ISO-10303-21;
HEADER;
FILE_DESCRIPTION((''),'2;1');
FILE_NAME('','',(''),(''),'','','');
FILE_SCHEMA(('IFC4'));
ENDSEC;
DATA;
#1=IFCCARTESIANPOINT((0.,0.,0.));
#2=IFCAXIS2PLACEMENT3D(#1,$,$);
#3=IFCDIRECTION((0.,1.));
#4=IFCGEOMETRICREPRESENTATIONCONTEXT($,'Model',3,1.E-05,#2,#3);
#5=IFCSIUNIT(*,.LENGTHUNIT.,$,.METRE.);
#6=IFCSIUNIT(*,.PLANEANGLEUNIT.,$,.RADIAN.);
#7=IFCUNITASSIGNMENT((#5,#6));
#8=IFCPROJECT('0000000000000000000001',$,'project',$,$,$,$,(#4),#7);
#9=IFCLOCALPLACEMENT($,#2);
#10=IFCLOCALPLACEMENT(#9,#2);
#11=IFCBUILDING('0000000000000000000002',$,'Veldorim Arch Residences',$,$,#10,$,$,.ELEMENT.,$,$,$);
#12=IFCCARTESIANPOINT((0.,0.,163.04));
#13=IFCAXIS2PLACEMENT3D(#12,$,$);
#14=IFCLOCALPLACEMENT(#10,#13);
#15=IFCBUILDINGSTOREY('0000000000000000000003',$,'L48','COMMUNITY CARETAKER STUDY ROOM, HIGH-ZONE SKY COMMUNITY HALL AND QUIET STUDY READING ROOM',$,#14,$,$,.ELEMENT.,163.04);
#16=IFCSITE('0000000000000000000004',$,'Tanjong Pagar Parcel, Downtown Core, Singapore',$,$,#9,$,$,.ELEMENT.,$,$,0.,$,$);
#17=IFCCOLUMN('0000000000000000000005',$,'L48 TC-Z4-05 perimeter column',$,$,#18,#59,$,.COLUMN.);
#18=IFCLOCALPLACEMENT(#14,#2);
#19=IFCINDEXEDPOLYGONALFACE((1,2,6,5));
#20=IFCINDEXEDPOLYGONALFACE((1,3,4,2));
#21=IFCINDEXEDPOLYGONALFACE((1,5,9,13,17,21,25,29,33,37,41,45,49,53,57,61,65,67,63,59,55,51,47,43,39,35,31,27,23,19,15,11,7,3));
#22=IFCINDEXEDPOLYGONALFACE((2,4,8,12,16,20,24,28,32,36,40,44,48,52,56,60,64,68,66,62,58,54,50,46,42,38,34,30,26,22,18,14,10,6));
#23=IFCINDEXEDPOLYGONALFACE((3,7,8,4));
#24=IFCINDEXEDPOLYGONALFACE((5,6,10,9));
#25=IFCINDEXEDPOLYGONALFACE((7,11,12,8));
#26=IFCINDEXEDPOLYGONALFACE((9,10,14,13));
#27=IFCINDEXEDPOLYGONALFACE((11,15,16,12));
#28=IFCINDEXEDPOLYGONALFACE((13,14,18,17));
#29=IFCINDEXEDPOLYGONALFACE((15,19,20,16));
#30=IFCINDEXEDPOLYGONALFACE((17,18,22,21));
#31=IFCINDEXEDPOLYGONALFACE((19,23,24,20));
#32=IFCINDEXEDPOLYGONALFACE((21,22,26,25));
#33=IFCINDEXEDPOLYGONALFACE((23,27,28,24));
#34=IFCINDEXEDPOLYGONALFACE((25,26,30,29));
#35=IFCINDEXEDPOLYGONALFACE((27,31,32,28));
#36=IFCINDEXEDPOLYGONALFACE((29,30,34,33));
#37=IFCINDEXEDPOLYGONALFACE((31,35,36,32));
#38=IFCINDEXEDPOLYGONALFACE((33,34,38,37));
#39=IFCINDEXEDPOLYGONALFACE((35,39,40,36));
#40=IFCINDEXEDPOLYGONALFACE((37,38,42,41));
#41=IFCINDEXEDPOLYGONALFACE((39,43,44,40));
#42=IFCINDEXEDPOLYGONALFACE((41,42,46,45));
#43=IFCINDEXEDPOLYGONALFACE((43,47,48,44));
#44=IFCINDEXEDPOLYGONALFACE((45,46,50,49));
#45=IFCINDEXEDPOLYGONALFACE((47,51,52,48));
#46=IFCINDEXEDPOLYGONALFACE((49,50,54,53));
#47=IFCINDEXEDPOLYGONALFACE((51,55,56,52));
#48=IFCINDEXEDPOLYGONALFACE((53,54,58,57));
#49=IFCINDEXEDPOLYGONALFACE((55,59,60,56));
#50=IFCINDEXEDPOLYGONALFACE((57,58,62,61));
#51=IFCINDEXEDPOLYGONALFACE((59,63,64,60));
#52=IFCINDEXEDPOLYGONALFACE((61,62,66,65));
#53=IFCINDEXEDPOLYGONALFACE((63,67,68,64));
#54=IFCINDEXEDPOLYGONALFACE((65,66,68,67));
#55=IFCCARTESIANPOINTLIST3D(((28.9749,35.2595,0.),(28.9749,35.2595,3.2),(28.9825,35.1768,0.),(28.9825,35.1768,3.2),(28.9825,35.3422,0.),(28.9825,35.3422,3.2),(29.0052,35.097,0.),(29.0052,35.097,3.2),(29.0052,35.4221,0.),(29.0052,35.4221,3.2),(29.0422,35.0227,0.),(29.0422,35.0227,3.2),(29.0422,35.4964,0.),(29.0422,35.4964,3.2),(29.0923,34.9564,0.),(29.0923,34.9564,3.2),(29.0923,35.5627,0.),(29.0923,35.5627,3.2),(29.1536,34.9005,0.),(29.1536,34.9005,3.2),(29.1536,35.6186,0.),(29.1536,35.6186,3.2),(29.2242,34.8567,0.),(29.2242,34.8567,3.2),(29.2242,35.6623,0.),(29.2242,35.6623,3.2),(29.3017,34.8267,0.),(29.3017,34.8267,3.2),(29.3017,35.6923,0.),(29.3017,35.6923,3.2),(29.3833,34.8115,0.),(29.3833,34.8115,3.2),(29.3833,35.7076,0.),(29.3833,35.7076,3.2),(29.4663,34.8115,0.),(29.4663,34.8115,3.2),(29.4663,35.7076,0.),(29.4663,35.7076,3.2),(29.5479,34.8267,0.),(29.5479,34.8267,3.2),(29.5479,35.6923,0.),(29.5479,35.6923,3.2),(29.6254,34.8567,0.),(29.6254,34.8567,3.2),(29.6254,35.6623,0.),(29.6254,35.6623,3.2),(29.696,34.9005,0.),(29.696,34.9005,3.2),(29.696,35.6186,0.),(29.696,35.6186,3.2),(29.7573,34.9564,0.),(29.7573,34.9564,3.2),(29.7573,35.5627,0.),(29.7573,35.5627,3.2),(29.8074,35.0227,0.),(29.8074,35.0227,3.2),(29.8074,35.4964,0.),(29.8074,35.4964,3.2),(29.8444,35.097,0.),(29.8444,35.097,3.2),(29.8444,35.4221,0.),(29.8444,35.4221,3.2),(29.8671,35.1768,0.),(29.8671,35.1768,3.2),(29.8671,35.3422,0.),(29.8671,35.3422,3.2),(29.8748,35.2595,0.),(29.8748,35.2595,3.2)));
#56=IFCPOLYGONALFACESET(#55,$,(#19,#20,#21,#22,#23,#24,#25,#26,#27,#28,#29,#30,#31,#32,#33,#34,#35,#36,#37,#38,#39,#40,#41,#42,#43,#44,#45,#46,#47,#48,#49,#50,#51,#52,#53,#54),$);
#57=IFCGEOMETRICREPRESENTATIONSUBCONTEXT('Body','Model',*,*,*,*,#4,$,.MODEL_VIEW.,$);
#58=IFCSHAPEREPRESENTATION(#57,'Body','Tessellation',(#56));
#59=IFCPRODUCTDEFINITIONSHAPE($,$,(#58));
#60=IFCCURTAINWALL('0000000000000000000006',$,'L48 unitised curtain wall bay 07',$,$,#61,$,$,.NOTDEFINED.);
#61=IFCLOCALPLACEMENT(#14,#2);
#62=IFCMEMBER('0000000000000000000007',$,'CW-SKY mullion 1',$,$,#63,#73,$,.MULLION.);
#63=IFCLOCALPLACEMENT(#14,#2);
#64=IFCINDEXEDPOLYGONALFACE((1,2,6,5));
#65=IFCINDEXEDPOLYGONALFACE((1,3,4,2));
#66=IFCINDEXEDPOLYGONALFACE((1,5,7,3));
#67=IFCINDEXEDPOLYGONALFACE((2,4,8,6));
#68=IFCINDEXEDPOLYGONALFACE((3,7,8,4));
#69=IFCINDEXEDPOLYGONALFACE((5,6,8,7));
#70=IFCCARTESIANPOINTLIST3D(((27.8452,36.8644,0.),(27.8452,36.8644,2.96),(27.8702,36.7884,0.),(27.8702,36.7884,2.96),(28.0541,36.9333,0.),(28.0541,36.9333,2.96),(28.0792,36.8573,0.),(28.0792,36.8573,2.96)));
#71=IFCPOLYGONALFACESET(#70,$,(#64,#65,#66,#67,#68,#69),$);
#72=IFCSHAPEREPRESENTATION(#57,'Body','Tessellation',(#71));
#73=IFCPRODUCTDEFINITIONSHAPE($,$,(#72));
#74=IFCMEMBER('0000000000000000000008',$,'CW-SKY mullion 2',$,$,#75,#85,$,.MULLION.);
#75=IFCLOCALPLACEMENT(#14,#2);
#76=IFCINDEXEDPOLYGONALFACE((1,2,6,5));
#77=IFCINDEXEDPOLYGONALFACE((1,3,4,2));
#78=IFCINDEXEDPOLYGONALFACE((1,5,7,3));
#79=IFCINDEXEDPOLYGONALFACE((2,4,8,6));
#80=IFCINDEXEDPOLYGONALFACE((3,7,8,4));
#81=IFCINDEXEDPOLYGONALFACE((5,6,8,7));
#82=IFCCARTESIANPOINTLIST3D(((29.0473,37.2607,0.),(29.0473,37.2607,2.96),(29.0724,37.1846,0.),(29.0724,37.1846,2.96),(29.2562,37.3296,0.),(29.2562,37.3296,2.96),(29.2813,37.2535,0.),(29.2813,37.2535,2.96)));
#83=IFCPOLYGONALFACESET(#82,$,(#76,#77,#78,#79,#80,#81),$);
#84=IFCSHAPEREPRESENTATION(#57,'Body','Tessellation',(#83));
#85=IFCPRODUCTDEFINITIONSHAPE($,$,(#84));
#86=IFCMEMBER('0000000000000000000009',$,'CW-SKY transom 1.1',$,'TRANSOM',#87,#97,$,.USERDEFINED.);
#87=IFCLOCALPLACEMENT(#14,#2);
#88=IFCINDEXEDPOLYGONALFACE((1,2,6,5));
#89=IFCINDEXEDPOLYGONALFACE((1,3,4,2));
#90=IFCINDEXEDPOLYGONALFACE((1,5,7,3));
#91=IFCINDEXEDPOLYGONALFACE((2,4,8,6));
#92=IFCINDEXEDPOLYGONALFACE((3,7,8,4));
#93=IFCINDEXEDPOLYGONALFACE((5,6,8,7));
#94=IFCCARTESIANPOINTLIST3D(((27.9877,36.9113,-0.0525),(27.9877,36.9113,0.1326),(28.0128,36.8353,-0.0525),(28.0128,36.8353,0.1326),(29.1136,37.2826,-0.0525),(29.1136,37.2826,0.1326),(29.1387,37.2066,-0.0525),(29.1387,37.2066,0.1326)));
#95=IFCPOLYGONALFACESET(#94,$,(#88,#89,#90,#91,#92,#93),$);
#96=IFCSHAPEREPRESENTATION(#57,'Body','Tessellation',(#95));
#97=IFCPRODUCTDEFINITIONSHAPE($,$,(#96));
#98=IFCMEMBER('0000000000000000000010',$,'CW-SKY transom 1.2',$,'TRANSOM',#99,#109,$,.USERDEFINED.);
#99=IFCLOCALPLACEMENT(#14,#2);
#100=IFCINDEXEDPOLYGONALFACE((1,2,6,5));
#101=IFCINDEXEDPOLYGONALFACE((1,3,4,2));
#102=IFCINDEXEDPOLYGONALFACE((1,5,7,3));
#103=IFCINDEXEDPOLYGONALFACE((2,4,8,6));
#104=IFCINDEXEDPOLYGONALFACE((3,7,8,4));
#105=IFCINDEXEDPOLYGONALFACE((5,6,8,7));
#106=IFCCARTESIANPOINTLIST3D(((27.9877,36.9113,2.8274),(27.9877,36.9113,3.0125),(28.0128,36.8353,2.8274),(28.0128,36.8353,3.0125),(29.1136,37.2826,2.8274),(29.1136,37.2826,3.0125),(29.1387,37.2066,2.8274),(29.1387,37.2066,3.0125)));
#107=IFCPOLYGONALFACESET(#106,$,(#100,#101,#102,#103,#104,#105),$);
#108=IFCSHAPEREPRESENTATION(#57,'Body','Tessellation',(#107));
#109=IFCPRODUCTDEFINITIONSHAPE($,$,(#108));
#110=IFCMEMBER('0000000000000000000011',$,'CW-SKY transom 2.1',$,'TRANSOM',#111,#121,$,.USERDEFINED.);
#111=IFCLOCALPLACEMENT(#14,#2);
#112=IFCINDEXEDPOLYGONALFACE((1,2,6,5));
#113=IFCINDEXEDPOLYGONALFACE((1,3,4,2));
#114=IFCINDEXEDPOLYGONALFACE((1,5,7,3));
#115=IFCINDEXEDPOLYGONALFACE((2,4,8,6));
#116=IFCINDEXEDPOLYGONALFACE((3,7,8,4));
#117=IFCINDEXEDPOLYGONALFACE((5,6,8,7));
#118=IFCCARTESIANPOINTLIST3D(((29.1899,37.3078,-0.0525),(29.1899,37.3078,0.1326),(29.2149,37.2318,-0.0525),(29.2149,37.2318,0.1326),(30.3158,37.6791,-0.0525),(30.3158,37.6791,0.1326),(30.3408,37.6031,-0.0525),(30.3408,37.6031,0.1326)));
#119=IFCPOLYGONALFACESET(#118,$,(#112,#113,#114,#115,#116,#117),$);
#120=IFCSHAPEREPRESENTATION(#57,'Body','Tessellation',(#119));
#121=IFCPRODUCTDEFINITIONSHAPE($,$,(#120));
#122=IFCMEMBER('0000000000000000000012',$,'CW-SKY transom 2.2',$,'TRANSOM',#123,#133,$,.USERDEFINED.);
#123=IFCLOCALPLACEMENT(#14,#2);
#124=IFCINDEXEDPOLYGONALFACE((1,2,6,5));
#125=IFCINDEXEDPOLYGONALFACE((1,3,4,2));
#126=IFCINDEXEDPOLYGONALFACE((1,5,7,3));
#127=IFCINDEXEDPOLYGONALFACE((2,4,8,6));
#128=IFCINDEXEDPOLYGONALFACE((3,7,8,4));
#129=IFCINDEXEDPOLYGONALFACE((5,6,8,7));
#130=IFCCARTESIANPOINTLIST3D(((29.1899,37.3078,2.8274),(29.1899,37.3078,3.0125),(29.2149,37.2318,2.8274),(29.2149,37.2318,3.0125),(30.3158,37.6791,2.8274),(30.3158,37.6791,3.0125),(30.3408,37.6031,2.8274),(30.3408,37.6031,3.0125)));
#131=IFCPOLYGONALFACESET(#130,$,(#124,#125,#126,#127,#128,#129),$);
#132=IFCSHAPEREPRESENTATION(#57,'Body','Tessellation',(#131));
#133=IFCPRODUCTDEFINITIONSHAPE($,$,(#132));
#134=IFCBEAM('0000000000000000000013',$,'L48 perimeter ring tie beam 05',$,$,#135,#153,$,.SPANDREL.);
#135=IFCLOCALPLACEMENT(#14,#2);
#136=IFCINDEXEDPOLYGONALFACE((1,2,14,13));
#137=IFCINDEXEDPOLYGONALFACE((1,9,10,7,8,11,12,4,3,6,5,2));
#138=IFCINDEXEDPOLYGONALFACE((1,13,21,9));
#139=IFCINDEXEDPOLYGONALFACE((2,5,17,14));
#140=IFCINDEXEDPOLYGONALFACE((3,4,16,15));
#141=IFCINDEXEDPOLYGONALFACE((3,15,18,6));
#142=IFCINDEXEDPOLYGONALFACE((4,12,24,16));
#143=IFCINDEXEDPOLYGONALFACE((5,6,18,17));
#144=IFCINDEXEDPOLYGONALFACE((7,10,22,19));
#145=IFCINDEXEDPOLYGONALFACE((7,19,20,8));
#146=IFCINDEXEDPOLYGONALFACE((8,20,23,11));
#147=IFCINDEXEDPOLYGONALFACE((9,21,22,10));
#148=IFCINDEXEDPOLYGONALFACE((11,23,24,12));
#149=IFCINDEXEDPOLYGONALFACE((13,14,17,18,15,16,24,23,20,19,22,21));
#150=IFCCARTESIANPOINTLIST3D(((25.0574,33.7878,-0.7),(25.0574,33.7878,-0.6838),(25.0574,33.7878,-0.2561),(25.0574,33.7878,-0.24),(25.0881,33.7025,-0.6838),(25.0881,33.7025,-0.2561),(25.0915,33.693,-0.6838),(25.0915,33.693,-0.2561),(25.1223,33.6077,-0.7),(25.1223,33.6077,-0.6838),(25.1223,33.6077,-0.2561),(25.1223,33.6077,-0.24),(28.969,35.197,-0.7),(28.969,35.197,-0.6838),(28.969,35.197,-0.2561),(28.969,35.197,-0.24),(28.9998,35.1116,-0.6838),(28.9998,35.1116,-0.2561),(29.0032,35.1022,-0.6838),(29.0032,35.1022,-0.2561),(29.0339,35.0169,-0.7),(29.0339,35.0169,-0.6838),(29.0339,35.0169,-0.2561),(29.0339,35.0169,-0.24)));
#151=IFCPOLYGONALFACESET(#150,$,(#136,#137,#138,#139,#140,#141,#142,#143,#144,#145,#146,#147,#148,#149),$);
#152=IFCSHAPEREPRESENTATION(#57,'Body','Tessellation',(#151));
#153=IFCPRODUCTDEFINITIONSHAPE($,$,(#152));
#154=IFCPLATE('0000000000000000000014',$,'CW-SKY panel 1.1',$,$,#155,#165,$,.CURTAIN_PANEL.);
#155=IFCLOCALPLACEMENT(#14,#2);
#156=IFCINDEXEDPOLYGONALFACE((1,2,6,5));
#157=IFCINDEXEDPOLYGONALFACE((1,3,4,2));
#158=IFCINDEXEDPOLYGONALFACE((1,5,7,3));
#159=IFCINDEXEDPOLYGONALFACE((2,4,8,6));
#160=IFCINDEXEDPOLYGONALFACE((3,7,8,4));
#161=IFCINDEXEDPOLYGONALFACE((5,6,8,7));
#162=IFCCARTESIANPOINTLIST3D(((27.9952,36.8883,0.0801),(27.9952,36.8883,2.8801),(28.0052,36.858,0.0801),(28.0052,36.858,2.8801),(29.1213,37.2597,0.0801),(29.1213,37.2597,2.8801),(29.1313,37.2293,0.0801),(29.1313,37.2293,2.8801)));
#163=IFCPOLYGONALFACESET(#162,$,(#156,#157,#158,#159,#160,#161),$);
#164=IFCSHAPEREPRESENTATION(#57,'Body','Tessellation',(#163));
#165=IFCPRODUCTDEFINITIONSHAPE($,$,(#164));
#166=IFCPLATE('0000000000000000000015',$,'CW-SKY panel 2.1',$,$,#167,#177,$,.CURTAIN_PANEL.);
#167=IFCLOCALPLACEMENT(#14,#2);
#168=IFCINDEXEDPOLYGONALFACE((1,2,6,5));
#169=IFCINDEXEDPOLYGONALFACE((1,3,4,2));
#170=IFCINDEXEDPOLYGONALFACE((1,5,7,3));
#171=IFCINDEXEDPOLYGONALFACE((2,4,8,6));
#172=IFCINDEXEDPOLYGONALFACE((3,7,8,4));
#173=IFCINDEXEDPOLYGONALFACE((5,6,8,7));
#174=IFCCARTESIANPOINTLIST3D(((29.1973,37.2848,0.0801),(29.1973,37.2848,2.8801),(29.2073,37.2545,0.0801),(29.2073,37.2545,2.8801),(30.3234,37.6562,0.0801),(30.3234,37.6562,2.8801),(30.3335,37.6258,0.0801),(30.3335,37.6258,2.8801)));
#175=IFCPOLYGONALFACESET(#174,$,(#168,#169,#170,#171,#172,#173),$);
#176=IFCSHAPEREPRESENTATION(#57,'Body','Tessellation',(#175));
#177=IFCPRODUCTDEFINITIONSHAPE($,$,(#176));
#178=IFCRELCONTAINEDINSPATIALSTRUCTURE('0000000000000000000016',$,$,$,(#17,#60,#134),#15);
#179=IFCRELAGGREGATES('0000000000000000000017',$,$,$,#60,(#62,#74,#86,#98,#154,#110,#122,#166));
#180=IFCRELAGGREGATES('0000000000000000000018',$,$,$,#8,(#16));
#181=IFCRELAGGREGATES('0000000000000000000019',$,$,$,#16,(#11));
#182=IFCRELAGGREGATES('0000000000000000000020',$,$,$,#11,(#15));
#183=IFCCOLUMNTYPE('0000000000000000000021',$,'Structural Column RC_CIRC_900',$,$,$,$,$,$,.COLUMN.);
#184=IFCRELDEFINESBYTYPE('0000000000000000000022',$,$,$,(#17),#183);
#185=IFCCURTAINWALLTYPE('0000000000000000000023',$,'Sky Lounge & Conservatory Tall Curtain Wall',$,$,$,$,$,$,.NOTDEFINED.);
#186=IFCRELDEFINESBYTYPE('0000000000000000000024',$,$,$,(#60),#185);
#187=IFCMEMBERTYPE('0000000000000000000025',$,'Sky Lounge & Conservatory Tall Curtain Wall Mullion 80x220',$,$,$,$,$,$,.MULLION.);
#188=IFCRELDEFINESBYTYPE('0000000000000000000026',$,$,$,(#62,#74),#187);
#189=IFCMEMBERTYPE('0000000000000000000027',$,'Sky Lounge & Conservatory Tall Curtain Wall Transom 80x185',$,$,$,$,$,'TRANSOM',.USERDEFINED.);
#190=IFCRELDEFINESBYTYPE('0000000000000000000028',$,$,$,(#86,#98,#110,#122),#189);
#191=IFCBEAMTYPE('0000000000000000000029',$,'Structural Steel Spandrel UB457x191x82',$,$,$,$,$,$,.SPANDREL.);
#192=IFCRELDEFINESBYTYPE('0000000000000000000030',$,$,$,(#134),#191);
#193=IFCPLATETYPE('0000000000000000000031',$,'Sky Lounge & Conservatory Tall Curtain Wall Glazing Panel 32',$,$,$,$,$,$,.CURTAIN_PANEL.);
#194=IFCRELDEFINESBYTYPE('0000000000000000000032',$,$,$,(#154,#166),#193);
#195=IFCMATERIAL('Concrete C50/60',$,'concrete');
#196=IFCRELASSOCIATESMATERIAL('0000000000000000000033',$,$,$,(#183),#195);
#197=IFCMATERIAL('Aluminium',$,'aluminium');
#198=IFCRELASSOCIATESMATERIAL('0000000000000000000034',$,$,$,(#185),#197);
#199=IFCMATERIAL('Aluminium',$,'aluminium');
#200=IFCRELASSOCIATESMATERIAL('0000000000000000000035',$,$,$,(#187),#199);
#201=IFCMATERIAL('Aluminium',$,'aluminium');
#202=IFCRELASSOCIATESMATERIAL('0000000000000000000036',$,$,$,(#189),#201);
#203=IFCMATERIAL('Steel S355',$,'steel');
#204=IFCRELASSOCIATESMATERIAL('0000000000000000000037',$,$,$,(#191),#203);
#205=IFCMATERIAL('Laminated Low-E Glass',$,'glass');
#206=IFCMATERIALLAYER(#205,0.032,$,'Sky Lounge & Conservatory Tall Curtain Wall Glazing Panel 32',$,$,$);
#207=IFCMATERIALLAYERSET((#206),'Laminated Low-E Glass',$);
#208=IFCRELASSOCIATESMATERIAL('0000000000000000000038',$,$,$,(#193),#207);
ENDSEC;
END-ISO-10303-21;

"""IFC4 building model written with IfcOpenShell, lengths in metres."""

from ifc_helpers import new_model, si_unit, direction, frame, origin, origin_2d, place, context, subcontext, project, spatial, rectangle, circle, i_section, extrude, material, layer, layer_set, material_profile, profile_set, type_object, element, aggregate, save


model = new_model("IFC4")

# Units and contexts
model_context = context("Model", 3, precision=1e-05, world=origin(), true_north=direction((0.0, 1.0)))
body_context = subcontext(model_context, "Body", "Model", "MODEL_VIEW")
ifc_project = project(units=[si_unit("LENGTHUNIT", "METRE"), si_unit("PLANEANGLEUNIT", "RADIAN")], contexts=[model_context])

# Site, building, storey
site_placement = place(None, origin())
site = spatial("IfcSite", under=ifc_project, at=site_placement, Name="Tanjong Pagar Parcel, Downtown Core, Singapore", CompositionType="ELEMENT", RefElevation=0.0)
building_placement = place(site_placement, origin())
building = spatial("IfcBuilding", under=site, at=building_placement, Name="Veldorim Arch Residences", CompositionType="ELEMENT")
storey_placement = place(building_placement, frame((0.0, 0.0, 163.04)))
storey = spatial("IfcBuildingStorey", under=building, at=storey_placement, Name="L48", Description="COMMUNITY CARETAKER STUDY ROOM, HIGH-ZONE SKY COMMUNITY HALL AND QUIET STUDY READING ROOM", CompositionType="ELEMENT", Elevation=163.04)

# Column
ifc_material_1 = material(Name="Concrete C50/60", Category="concrete")
ifc_material_profile_1 = material_profile(ifc_material_1, circle(Radius=0.45, at=origin_2d()), Name="RC_CIRC_900")
ifc_profile_set_1 = profile_set([ifc_material_profile_1], Name="Concrete C50/60")
column_type = type_object("IfcColumnType", Name="Structural Column RC_CIRC_900", PredefinedType="COLUMN", material=ifc_profile_set_1)
column_placement = place(storey_placement, frame((29.4248, 35.2595, 0.0), z_axis=(0.0, 0.0, 1.0), x_axis=(1.0, 0.0, 0.0)))
element("IfcColumn", 1, at=column_placement, inside=storey, type_object=column_type, Name="L48 TC-Z4-05 perimeter column", PredefinedType="COLUMN", context=body_context, shape_type="SweptSolid", body=[
    extrude(circle(Radius=0.45, at=origin_2d()), origin(), (0.0, 0.0, 1.0), 3.2),
])

# Curtain wall, members
ifc_material_2 = material(Name="Aluminium", Category="aluminium")
curtain_wall_type = type_object("IfcCurtainWallType", Name="Sky Lounge & Conservatory Tall Curtain Wall", PredefinedType="NOTDEFINED", material=ifc_material_2)
curtain_wall_placement = place(storey_placement, origin())
curtain_wall = element("IfcCurtainWall", 2, at=curtain_wall_placement, inside=storey, type_object=curtain_wall_type, Name="L48 unitised curtain wall bay 07", PredefinedType="NOTDEFINED")
ifc_material_3 = material(Name="Aluminium", Category="aluminium")
ifc_material_profile_2 = material_profile(ifc_material_3, rectangle(XDim=0.0801, YDim=0.22, at=origin_2d()), Name="ALU_MUL_80x220")
ifc_profile_set_2 = profile_set([ifc_material_profile_2], Name="Aluminium")
member_type_1 = type_object("IfcMemberType", Name="Sky Lounge & Conservatory Tall Curtain Wall Mullion 80x220", PredefinedType="MULLION", material=ifc_profile_set_2)
member_1_placement = place(storey_placement, frame((27.9622, 36.8608, 0.0), z_axis=(0.0, 0.0, 1.0), x_axis=(-0.313182, 0.949693, 0.0)))
member_1 = element("IfcMember", 3, at=member_1_placement, type_object=member_type_1, Name="CW-SKY mullion 1", PredefinedType="MULLION", context=body_context, shape_type="SweptSolid", body=[
    extrude(rectangle(XDim=0.0801, YDim=0.22, at=origin_2d()), origin(), (0.0, 0.0, 1.0), 2.96),
])
member_2_placement = place(storey_placement, frame((29.1643, 37.2571, 0.0), z_axis=(0.0, 0.0, 1.0), x_axis=(-0.313182, 0.949693, 0.0)))
member_2 = element("IfcMember", 4, at=member_2_placement, type_object=member_type_1, Name="CW-SKY mullion 2", PredefinedType="MULLION", context=body_context, shape_type="SweptSolid", body=[
    extrude(rectangle(XDim=0.0801, YDim=0.22, at=origin_2d()), origin(), (0.0, 0.0, 1.0), 2.96),
])
ifc_material_4 = material(Name="Aluminium", Category="aluminium")
ifc_material_profile_3 = material_profile(ifc_material_4, rectangle(XDim=0.0801, YDim=0.1851, at=origin_2d()), Name="ALU_TRN_80x185")
ifc_profile_set_3 = profile_set([ifc_material_profile_3], Name="Aluminium")
member_type_2 = type_object("IfcMemberType", Name="Sky Lounge & Conservatory Tall Curtain Wall Transom 80x185", ElementType="TRANSOM", PredefinedType="USERDEFINED", material=ifc_profile_set_3)
member_3_placement = place(storey_placement, frame((28.0002, 36.8733, 0.04), z_axis=(0.949687, 0.313199, 0.0), x_axis=(-0.313199, 0.949687, 0.0)))
member_3 = element("IfcMember", 5, at=member_3_placement, type_object=member_type_2, Name="CW-SKY transom 1.1", ObjectType="TRANSOM", PredefinedType="USERDEFINED", context=body_context, shape_type="SweptSolid", body=[
    extrude(rectangle(XDim=0.0801, YDim=0.1851, at=origin_2d()), origin(), (0.0, 0.0, 1.0), 1.1855),
])
member_4_placement = place(storey_placement, frame((28.0002, 36.8733, 2.9199), z_axis=(0.949687, 0.313199, 0.0), x_axis=(-0.313199, 0.949687, 0.0)))
member_4 = element("IfcMember", 6, at=member_4_placement, type_object=member_type_2, Name="CW-SKY transom 1.2", ObjectType="TRANSOM", PredefinedType="USERDEFINED", context=body_context, shape_type="SweptSolid", body=[
    extrude(rectangle(XDim=0.0801, YDim=0.1851, at=origin_2d()), origin(), (0.0, 0.0, 1.0), 1.1855),
])
member_5_placement = place(storey_placement, frame((29.2024, 37.2698, 0.04), z_axis=(0.949687, 0.313199, 0.0), x_axis=(-0.313199, 0.949687, 0.0)))
member_5 = element("IfcMember", 7, at=member_5_placement, type_object=member_type_2, Name="CW-SKY transom 2.1", ObjectType="TRANSOM", PredefinedType="USERDEFINED", context=body_context, shape_type="SweptSolid", body=[
    extrude(rectangle(XDim=0.0801, YDim=0.1851, at=origin_2d()), origin(), (0.0, 0.0, 1.0), 1.1855),
])
member_6_placement = place(storey_placement, frame((29.2024, 37.2698, 2.9199), z_axis=(0.949687, 0.313199, 0.0), x_axis=(-0.313199, 0.949687, 0.0)))
member_6 = element("IfcMember", 8, at=member_6_placement, type_object=member_type_2, Name="CW-SKY transom 2.2", ObjectType="TRANSOM", PredefinedType="USERDEFINED", context=body_context, shape_type="SweptSolid", body=[
    extrude(rectangle(XDim=0.0801, YDim=0.1851, at=origin_2d()), origin(), (0.0, 0.0, 1.0), 1.1855),
])

# Beam
ifc_material_5 = material(Name="Steel S355", Category="steel")
ifc_material_profile_4 = material_profile(ifc_material_5, i_section(OverallWidth=0.1914, OverallDepth=0.46, WebThickness=0.01, FlangeThickness=0.0161, at=origin_2d()), Name="UB457x191x82")
ifc_profile_set_4 = profile_set([ifc_material_profile_4], Name="Steel S355")
beam_type = type_object("IfcBeamType", Name="Structural Steel Spandrel UB457x191x82", PredefinedType="SPANDREL", material=ifc_profile_set_4)
beam_placement = place(storey_placement, frame((29.0015, 35.1069, -0.47), z_axis=(-0.940811, -0.338932, 0.0), x_axis=(0.338932, -0.940811, 0.0)))
element("IfcBeam", 9, at=beam_placement, inside=storey, type_object=beam_type, Name="L48 perimeter ring tie beam 05", PredefinedType="SPANDREL", context=body_context, shape_type="SweptSolid", body=[
    extrude(i_section(OverallWidth=0.1914, OverallDepth=0.46, WebThickness=0.01, FlangeThickness=0.0161, at=origin_2d()), origin(), (0.0, 0.0, 1.0), 4.1577),
])

# Plates
ifc_material_6 = material(Name="Laminated Low-E Glass", Category="glass")
ifc_layer_1 = layer(ifc_material_6, 0.032, Name="Sky Lounge & Conservatory Tall Curtain Wall Glazing Panel 32")
ifc_layer_set_1 = layer_set([ifc_layer_1], Name="Laminated Low-E Glass")
plate_type = type_object("IfcPlateType", Name="Sky Lounge & Conservatory Tall Curtain Wall Glazing Panel 32", PredefinedType="CURTAIN_PANEL", material=ifc_layer_set_1)
plate_1_placement = place(storey_placement, frame((28.5632, 37.0588, 0.0801), z_axis=(0.0, 0.0, 1.0), x_axis=(0.949693, 0.313182, 0.0)))
plate_1 = element("IfcPlate", 10, at=plate_1_placement, type_object=plate_type, Name="CW-SKY panel 1.1", PredefinedType="CURTAIN_PANEL", context=body_context, shape_type="SweptSolid", body=[
    extrude(rectangle(XDim=1.1858, YDim=0.032, at=origin_2d()), origin(), (0.0, 0.0, 1.0), 2.8),
])
plate_2_placement = place(storey_placement, frame((29.7654, 37.4553, 0.0801), z_axis=(0.0, 0.0, 1.0), x_axis=(0.949693, 0.313182, 0.0)))
plate_2 = element("IfcPlate", 11, at=plate_2_placement, type_object=plate_type, Name="CW-SKY panel 2.1", PredefinedType="CURTAIN_PANEL", context=body_context, shape_type="SweptSolid", body=[
    extrude(rectangle(XDim=1.1858, YDim=0.032, at=origin_2d()), origin(), (0.0, 0.0, 1.0), 2.8),
])
aggregate(curtain_wall, [member_1, member_2, member_3, member_4, plate_1, member_5, member_6, plate_2])

save(model, "model.ifc")
